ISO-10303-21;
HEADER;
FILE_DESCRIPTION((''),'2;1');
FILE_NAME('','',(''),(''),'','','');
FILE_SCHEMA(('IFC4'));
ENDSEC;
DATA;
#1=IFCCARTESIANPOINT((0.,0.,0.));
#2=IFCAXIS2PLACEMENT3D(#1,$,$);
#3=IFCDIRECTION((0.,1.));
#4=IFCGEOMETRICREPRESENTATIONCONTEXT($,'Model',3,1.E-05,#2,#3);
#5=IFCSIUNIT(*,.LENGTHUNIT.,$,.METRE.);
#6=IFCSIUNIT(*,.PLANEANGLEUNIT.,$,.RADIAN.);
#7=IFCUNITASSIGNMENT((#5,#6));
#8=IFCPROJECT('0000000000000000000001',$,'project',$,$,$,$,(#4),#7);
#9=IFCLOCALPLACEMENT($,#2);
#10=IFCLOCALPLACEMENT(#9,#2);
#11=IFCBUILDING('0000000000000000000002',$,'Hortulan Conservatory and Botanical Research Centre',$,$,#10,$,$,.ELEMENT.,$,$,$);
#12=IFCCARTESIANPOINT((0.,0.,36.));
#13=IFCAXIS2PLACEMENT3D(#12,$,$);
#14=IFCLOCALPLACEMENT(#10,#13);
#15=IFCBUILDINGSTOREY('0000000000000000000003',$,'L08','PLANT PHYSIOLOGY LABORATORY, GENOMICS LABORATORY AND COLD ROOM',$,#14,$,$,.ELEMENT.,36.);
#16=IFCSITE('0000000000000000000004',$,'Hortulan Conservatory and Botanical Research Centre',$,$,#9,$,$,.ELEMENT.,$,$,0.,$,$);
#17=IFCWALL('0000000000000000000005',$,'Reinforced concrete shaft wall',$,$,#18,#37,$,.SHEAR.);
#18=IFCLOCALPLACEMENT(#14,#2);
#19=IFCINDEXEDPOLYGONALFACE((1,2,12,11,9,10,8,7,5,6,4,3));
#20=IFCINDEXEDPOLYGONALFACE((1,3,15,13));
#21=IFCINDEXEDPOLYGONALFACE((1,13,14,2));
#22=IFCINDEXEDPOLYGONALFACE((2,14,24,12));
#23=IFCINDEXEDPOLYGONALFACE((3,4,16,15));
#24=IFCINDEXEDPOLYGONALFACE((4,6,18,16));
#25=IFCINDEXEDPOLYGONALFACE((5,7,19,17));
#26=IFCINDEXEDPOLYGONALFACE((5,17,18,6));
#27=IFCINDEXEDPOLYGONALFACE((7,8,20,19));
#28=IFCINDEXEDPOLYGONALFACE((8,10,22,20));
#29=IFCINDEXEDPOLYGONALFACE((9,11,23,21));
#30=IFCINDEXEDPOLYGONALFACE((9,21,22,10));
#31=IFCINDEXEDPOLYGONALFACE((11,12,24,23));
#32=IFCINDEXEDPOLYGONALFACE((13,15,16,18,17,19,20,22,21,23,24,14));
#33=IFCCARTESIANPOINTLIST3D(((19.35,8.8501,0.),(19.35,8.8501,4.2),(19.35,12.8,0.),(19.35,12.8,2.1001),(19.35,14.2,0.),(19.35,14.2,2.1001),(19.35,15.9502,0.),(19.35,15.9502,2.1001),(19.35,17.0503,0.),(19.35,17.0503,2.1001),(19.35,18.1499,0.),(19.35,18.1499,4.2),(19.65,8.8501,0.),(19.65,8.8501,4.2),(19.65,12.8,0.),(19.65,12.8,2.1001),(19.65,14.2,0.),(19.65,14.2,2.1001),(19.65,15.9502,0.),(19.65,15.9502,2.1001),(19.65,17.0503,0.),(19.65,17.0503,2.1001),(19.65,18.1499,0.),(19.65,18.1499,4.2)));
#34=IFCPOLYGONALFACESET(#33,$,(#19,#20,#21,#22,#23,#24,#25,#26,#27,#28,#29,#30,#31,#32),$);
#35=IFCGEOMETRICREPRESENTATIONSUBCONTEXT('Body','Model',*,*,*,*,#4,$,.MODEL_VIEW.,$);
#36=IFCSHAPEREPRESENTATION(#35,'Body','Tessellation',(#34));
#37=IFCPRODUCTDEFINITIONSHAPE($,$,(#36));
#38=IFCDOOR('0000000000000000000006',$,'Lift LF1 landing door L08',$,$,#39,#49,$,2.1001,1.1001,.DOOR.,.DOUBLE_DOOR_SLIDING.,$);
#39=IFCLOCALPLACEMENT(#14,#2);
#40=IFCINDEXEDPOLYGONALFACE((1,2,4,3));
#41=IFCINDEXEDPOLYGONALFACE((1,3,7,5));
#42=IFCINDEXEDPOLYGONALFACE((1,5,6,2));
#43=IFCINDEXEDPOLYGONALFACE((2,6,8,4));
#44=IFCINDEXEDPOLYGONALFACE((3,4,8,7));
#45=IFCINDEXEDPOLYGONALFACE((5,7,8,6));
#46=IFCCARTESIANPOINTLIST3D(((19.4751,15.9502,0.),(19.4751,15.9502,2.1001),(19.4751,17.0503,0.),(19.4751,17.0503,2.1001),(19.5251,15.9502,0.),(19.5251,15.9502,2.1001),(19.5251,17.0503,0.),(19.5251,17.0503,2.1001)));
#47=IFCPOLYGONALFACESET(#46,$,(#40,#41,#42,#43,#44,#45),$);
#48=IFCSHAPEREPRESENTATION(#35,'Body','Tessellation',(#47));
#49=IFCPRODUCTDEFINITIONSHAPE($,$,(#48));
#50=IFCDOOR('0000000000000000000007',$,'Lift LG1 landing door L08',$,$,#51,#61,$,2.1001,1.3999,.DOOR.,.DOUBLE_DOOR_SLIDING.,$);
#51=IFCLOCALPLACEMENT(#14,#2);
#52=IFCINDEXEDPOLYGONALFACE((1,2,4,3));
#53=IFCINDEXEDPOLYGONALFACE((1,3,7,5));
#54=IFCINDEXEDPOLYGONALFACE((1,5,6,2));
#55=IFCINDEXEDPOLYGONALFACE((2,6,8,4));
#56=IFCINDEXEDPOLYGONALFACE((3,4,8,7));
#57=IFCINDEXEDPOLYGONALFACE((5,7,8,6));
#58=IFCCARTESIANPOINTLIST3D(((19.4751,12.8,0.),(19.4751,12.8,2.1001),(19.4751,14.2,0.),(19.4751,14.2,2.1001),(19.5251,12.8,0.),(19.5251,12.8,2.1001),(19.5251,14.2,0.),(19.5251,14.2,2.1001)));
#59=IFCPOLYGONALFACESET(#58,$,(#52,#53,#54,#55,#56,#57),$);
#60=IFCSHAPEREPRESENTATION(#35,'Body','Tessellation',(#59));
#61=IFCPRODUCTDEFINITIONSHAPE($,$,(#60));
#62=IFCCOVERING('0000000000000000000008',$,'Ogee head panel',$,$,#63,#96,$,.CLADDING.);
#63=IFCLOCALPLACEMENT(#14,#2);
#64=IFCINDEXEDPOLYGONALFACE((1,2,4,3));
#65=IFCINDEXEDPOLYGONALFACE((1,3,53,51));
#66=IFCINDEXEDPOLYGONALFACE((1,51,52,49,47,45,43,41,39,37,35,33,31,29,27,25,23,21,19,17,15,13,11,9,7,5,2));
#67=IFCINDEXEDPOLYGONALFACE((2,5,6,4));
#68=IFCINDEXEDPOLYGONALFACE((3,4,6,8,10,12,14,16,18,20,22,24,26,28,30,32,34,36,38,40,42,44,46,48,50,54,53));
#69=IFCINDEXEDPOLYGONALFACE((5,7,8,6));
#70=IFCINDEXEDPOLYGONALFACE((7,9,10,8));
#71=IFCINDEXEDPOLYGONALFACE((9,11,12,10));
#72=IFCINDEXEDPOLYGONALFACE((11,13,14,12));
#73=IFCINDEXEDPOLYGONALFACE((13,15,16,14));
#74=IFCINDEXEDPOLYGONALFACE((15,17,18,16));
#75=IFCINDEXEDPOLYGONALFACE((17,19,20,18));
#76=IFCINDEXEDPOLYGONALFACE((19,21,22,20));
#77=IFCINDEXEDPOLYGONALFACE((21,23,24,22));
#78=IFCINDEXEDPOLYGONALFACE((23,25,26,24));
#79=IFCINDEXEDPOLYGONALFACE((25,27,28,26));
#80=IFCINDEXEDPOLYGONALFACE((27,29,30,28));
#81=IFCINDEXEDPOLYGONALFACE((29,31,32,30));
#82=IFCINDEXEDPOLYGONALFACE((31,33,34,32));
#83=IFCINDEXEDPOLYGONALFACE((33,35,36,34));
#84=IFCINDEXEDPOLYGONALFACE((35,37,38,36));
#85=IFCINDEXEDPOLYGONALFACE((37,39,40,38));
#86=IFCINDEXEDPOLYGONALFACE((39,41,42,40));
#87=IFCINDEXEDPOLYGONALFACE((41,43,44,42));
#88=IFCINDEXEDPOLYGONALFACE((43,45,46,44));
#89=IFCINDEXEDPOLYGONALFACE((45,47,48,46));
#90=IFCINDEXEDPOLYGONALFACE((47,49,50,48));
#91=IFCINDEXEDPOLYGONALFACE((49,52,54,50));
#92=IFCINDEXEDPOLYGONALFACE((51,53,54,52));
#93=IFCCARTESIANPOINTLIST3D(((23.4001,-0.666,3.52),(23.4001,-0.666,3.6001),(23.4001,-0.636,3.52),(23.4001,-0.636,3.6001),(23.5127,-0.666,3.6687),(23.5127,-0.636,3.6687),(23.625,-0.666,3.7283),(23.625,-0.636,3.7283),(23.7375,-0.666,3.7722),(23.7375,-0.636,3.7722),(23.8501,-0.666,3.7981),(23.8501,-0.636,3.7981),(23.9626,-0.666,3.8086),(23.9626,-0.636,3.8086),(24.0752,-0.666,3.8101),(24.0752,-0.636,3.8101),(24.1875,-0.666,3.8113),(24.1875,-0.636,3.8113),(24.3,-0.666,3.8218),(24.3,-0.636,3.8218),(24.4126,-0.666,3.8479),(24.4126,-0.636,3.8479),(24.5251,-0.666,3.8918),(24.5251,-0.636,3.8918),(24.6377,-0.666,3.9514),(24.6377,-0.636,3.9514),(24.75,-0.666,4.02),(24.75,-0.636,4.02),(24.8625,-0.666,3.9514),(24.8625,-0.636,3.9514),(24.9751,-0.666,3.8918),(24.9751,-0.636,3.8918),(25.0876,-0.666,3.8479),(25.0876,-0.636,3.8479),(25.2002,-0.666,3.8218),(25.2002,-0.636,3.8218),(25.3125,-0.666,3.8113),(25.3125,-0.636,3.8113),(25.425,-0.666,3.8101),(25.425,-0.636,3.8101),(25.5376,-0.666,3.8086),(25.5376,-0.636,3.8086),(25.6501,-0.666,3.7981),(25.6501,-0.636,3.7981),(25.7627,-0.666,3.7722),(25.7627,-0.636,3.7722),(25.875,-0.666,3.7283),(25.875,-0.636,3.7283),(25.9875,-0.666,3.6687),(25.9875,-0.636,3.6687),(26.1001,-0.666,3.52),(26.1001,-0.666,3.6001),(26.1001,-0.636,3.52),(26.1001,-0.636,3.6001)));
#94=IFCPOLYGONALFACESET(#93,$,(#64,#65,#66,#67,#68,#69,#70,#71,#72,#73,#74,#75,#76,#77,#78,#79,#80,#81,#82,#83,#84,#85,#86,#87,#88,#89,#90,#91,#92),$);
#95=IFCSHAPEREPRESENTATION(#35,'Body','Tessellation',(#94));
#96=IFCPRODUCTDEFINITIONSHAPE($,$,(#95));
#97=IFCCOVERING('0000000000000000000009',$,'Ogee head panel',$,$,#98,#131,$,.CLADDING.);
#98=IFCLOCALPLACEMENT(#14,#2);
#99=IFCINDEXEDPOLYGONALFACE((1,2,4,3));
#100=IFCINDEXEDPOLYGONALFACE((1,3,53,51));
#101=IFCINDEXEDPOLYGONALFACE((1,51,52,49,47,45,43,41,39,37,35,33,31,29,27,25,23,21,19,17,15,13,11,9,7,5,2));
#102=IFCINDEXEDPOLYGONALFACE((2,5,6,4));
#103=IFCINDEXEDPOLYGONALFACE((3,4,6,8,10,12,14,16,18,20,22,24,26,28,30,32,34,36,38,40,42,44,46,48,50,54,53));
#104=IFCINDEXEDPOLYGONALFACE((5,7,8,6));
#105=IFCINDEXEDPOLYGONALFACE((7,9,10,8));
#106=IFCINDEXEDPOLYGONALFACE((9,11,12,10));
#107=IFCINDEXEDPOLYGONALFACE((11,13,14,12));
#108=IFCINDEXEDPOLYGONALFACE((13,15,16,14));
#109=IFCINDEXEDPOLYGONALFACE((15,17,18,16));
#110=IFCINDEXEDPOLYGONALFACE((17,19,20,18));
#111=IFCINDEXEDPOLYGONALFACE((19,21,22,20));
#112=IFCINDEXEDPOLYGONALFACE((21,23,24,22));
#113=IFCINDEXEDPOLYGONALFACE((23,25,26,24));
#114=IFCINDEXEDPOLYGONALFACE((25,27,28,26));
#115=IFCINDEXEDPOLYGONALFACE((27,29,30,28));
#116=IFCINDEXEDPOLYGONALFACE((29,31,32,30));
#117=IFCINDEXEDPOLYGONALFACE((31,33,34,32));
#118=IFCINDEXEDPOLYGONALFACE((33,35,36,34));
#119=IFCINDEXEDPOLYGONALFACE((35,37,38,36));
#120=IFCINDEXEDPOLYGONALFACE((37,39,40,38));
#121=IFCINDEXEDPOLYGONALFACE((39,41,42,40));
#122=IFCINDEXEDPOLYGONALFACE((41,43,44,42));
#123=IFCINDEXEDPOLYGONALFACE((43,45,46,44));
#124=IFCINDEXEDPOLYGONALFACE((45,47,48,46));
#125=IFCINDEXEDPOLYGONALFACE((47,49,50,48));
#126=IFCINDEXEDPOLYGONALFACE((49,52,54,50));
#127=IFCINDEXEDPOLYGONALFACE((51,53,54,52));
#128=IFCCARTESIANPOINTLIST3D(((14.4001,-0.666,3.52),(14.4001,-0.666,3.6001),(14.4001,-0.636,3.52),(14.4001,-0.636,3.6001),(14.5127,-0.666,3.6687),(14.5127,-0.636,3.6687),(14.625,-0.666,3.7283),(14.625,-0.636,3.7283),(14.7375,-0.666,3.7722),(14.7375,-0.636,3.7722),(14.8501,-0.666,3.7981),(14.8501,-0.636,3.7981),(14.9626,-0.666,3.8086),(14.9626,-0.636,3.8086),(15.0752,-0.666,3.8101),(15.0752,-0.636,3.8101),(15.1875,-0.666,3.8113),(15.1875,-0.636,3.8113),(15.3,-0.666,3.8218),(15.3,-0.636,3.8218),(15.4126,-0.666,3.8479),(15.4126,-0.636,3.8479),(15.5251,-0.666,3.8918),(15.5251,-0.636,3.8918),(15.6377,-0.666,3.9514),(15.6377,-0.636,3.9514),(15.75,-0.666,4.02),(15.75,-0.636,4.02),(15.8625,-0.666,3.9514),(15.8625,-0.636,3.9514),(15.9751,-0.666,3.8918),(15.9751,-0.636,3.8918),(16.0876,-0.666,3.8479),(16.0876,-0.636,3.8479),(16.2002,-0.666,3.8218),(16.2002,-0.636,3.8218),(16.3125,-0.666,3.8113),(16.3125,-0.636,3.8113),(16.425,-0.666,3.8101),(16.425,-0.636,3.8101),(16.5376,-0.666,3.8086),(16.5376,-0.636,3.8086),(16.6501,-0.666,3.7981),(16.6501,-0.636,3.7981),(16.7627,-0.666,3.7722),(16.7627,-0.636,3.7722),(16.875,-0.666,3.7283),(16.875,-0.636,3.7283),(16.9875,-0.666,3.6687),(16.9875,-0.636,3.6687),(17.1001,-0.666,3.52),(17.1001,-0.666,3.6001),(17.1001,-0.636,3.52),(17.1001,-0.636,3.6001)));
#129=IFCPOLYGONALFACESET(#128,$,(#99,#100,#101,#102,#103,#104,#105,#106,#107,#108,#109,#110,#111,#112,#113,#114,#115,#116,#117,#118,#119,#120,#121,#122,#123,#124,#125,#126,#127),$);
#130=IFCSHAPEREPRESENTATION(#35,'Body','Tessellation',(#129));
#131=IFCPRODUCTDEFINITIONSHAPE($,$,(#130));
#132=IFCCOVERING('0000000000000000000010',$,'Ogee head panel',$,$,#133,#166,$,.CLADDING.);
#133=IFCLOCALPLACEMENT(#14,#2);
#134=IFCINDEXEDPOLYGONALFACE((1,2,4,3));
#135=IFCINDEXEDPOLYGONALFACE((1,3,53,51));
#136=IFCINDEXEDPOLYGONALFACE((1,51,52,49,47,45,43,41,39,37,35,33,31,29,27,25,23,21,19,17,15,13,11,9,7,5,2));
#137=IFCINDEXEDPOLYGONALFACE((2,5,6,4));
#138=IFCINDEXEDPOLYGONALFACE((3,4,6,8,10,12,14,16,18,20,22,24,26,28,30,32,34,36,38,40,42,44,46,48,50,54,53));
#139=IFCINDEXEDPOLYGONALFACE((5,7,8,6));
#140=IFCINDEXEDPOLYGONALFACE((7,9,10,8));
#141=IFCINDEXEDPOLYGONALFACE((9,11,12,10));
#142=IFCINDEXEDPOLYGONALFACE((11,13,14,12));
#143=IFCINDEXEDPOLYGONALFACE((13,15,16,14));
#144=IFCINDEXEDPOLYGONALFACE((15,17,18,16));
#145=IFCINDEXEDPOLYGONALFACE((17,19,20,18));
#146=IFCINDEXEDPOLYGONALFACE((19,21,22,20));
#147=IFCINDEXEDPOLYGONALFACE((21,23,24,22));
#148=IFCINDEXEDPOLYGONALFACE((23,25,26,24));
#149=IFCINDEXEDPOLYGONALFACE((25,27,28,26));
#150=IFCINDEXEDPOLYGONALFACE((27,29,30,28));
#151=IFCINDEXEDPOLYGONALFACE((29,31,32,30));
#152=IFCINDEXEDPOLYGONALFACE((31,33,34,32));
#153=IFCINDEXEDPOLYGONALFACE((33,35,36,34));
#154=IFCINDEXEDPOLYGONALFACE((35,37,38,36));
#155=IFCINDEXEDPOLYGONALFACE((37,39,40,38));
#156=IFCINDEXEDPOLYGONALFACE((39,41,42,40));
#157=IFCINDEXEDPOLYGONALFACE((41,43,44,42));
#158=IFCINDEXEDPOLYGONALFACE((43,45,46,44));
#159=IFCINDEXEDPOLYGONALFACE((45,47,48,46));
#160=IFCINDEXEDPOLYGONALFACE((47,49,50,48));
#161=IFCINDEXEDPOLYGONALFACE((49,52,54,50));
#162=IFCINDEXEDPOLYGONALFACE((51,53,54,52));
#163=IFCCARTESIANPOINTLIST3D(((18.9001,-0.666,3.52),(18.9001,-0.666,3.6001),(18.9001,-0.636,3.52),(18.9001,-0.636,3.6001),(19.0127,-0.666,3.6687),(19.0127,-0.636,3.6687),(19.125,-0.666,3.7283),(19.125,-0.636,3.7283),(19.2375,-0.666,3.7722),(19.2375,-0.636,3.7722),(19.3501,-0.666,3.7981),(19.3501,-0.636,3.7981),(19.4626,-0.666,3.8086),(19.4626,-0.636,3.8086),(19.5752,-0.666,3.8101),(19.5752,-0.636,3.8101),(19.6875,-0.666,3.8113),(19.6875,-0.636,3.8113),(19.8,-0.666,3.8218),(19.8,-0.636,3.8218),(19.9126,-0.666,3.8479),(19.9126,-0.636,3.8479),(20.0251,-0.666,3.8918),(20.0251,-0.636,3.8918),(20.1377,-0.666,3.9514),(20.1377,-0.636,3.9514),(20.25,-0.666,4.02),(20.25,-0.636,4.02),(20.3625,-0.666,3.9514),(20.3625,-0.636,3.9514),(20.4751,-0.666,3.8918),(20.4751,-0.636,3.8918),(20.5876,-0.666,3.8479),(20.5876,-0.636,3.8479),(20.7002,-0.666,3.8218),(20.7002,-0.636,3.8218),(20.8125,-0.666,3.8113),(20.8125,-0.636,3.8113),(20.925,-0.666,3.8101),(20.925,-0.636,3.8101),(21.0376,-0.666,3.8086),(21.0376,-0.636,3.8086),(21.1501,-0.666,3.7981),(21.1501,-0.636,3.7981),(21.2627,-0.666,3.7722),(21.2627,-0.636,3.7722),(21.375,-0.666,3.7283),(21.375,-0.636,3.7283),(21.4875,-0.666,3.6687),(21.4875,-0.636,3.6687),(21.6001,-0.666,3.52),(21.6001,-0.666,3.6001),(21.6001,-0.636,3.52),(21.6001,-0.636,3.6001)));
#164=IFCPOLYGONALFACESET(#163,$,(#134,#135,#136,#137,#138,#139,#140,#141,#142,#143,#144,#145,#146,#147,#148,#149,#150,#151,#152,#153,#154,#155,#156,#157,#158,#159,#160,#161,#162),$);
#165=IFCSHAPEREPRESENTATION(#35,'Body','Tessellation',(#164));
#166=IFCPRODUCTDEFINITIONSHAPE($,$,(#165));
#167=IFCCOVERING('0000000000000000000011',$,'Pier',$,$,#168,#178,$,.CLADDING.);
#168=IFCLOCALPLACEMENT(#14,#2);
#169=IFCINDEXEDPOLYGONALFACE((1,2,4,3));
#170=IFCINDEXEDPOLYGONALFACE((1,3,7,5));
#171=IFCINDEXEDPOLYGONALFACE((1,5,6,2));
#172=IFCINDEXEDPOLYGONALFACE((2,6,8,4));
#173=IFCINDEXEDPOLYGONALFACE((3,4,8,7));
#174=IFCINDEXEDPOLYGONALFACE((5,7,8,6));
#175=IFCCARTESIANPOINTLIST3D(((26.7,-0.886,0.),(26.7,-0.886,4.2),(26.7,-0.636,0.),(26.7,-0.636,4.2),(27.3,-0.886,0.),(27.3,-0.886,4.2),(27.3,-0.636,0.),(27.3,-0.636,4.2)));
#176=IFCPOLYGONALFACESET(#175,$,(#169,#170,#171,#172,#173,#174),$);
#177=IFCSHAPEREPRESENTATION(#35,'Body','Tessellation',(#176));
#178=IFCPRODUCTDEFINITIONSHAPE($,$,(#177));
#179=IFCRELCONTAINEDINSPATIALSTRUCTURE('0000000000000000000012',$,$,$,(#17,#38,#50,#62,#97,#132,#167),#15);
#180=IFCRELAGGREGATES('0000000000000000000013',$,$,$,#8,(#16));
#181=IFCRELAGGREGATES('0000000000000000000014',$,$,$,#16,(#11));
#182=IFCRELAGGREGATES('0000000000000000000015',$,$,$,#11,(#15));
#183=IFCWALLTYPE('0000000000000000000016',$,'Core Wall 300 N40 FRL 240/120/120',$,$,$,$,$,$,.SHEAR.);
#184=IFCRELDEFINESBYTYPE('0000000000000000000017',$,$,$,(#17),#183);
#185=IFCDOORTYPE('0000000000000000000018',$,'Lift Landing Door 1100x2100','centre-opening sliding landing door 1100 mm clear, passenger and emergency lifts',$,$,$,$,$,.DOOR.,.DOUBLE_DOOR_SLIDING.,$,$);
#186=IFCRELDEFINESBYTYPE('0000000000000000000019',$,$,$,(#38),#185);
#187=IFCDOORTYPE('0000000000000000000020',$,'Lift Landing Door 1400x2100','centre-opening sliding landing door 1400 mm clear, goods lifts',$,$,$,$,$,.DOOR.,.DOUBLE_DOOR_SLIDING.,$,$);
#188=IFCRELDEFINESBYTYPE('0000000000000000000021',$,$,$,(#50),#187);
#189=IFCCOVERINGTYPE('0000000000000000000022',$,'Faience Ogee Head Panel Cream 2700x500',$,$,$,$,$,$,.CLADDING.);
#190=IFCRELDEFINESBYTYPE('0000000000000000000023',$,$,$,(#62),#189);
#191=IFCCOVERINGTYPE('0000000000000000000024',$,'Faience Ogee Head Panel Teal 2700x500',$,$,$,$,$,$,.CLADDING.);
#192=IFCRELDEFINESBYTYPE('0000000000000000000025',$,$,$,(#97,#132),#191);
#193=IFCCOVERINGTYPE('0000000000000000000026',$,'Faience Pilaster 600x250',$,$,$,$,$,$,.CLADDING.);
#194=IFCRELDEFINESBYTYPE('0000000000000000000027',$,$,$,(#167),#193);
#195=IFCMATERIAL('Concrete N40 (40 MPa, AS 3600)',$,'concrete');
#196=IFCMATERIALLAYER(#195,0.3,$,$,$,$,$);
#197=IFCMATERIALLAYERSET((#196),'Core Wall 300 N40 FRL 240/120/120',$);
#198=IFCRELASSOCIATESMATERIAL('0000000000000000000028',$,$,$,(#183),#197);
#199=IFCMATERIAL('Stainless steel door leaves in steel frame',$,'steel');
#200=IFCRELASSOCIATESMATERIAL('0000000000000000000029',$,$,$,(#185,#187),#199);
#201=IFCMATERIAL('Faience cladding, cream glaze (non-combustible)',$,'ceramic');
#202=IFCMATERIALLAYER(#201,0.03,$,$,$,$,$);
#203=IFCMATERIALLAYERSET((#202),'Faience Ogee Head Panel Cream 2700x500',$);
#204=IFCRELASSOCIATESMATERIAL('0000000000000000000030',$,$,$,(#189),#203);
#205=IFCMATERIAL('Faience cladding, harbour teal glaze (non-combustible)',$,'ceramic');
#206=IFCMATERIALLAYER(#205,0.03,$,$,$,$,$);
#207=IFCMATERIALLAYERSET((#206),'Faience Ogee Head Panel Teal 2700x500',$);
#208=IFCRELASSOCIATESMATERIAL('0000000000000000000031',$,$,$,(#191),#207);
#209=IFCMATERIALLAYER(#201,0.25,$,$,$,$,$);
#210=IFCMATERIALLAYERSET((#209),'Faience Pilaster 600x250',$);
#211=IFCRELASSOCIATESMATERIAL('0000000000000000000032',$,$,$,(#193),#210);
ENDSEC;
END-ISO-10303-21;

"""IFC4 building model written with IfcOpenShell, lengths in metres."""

from ifc_helpers import new_model, si_unit, direction, frame, frame_2d, origin, origin_2d, place, context, subcontext, project, spatial, polyline, rectangle, outline, extrude, material, layer, layer_set, type_object, element, fill, save


model = new_model("IFC4")

# Units and contexts
model_context = context("Model", 3, precision=1e-05, world=origin(), true_north=direction((0.0, 1.0)))
body_context = subcontext(model_context, "Body", "Model", "MODEL_VIEW")
ifc_project = project(units=[si_unit("LENGTHUNIT", "METRE"), si_unit("PLANEANGLEUNIT", "RADIAN")], contexts=[model_context])

# Site, building, storey
site_placement = place(None, origin())
site = spatial("IfcSite", under=ifc_project, at=site_placement, Name="Hortulan Conservatory and Botanical Research Centre", CompositionType="ELEMENT", RefElevation=0.0)
building_placement = place(site_placement, origin())
building = spatial("IfcBuilding", under=site, at=building_placement, Name="Hortulan Conservatory and Botanical Research Centre", CompositionType="ELEMENT")
storey_placement = place(building_placement, frame((0.0, 0.0, 36.0)))
storey = spatial("IfcBuildingStorey", under=building, at=storey_placement, Name="L08", Description="PLANT PHYSIOLOGY LABORATORY, GENOMICS LABORATORY AND COLD ROOM", CompositionType="ELEMENT", Elevation=36.0)

# Wall, openings, doors
ifc_material_1 = material(Name="Concrete N40 (40 MPa, AS 3600)", Category="concrete")
ifc_layer_1 = layer(ifc_material_1, 0.3)
ifc_layer_set_1 = layer_set([ifc_layer_1], Name="Core Wall 300 N40 FRL 240/120/120")
wall_type = type_object("IfcWallType", Name="Core Wall 300 N40 FRL 240/120/120", PredefinedType="SHEAR", material=ifc_layer_set_1)
wall_placement = place(storey_placement, frame((19.5, 8.8501, 0.0), z_axis=(0.0, 0.0, 1.0), x_axis=(0.0, 1.0, 0.0)))
wall = element("IfcWall", 1, at=wall_placement, inside=storey, type_object=wall_type, Name="Reinforced concrete shaft wall", PredefinedType="SHEAR", context=body_context, shape_type="SweptSolid", body=[
    extrude(rectangle(XDim=9.2998, YDim=0.3, at=frame_2d((4.6499, 0.0))), origin(), (0.0, 0.0, 1.0), 4.2),
])
opening_1_placement = place(wall_placement, frame((3.95, 0.0, 0.0)))
opening_1 = element("IfcOpeningElement", 2, at=opening_1_placement, cuts=wall, PredefinedType="OPENING", context=body_context, shape_type="SweptSolid", body=[
    extrude(rectangle(XDim=1.3999, YDim=2.1001, at=frame_2d((0.7, 1.05))), frame((0.0, 0.1599, 0.0), z_axis=(0.0, -1.0, 0.0), x_axis=(1.0, 0.0, 0.0)), (0.0, 0.0, 1.0), 0.3201),
])
opening_2_placement = place(wall_placement, frame((7.1001, 0.0, 0.0)))
opening_2 = element("IfcOpeningElement", 3, at=opening_2_placement, cuts=wall, PredefinedType="OPENING", context=body_context, shape_type="SweptSolid", body=[
    extrude(rectangle(XDim=1.1001, YDim=2.1001, at=frame_2d((0.55, 1.05))), frame((0.0, 0.1599, 0.0), z_axis=(0.0, -1.0, 0.0), x_axis=(1.0, 0.0, 0.0)), (0.0, 0.0, 1.0), 0.3201),
])
ifc_material_2 = material(Name="Stainless steel door leaves in steel frame", Category="steel")
door_type_1 = type_object("IfcDoorType", Name="Lift Landing Door 1100x2100", Description="centre-opening sliding landing door 1100 mm clear, passenger and emergency lifts", OperationType="DOUBLE_DOOR_SLIDING", PredefinedType="DOOR", material=ifc_material_2)
door_1_placement = place(opening_2_placement, origin())
door_1 = element("IfcDoor", 4, at=door_1_placement, inside=storey, type_object=door_type_1, Name="Lift LF1 landing door L08", OperationType="DOUBLE_DOOR_SLIDING", OverallHeight=2.1001, OverallWidth=1.1001, PredefinedType="DOOR", context=body_context, shape_type="SweptSolid", body=[
    extrude(rectangle(XDim=1.1001, YDim=2.1001, at=frame_2d((0.55, 1.05))), frame((0.0, 0.0249, 0.0), z_axis=(0.0, -1.0, 0.0), x_axis=(1.0, 0.0, 0.0)), (0.0, 0.0, 1.0), 0.05),
])
fill(opening_2, door_1)
door_type_2 = type_object("IfcDoorType", Name="Lift Landing Door 1400x2100", Description="centre-opening sliding landing door 1400 mm clear, goods lifts", OperationType="DOUBLE_DOOR_SLIDING", PredefinedType="DOOR", material=ifc_material_2)
door_2_placement = place(opening_1_placement, origin())
door_2 = element("IfcDoor", 5, at=door_2_placement, inside=storey, type_object=door_type_2, Name="Lift LG1 landing door L08", OperationType="DOUBLE_DOOR_SLIDING", OverallHeight=2.1001, OverallWidth=1.3999, PredefinedType="DOOR", context=body_context, shape_type="SweptSolid", body=[
    extrude(rectangle(XDim=1.3999, YDim=2.1001, at=frame_2d((0.7, 1.05))), frame((0.0, 0.0249, 0.0), z_axis=(0.0, -1.0, 0.0), x_axis=(1.0, 0.0, 0.0)), (0.0, 0.0, 1.0), 0.05),
])
fill(opening_1, door_2)

# Coverings
ifc_material_3 = material(Name="Faience cladding, cream glaze (non-combustible)", Category="ceramic")
ifc_layer_2 = layer(ifc_material_3, 0.03)
ifc_layer_set_2 = layer_set([ifc_layer_2], Name="Faience Ogee Head Panel Cream 2700x500")
covering_type_1 = type_object("IfcCoveringType", Name="Faience Ogee Head Panel Cream 2700x500", PredefinedType="CLADDING", material=ifc_layer_set_2)
covering_placement = place(storey_placement, frame((26.1001, -0.6509, 3.52), z_axis=(0.0, 0.0, 1.0), x_axis=(-1.0, 0.0, 0.0)))
element("IfcCovering", 6, at=covering_placement, inside=storey, type_object=covering_type_1, Name="Ogee head panel", PredefinedType="CLADDING", context=body_context, shape_type="SweptSolid", body=[
    extrude(outline(polyline([(0.0, 0.0), (2.7, 0.0), (2.7, 0.0801), (2.5874, 0.1487), (2.4751, 0.2083), (2.3625, 0.2522), (2.25, 0.2781), (2.1375, 0.2886), (2.0249, 0.29), (1.9126, 0.2913), (1.8, 0.3018), (1.6875, 0.3279), (1.575, 0.3718), (1.4624, 0.4314), (1.3501, 0.5), (1.2375, 0.4314), (1.125, 0.3718), (1.0125, 0.3279), (0.8999, 0.3018), (0.7876, 0.2913), (0.675, 0.29), (0.5625, 0.2886), (0.45, 0.2781), (0.3374, 0.2522), (0.2251, 0.2083), (0.1125, 0.1487), (0.0, 0.0801), (0.0, 0.0)])), frame((0.0, 0.0151, 0.0), z_axis=(0.0, -1.0, 0.0), x_axis=(1.0, 0.0, 0.0)), (0.0, 0.0, 1.0), 0.03),
])
ifc_material_4 = material(Name="Faience cladding, harbour teal glaze (non-combustible)", Category="ceramic")
ifc_layer_3 = layer(ifc_material_4, 0.03)
ifc_layer_set_3 = layer_set([ifc_layer_3], Name="Faience Ogee Head Panel Teal 2700x500")
covering_type_2 = type_object("IfcCoveringType", Name="Faience Ogee Head Panel Teal 2700x500", PredefinedType="CLADDING", material=ifc_layer_set_3)
for number, where, z_axis, x_axis, name in (
    (7, (17.1001, -0.6509, 3.52), (0.0, 0.0, 1.0), (-1.0, 0.0, 0.0), "Ogee head panel"),
    (8, (21.6001, -0.6509, 3.52), (0.0, 0.0, 1.0), (-1.0, 0.0, 0.0), "Ogee head panel"),
):
    element("IfcCovering", number, at=place(storey_placement, frame(where, z_axis=z_axis, x_axis=x_axis)), inside=storey, type_object=covering_type_2, Name=name, PredefinedType="CLADDING", context=body_context, shape_type="SweptSolid", body=[
        extrude(outline(polyline([(0.0, 0.0), (2.7, 0.0), (2.7, 0.0801), (2.5874, 0.1487), (2.4751, 0.2083), (2.3625, 0.2522), (2.25, 0.2781), (2.1375, 0.2886), (2.0249, 0.29), (1.9126, 0.2913), (1.8, 0.3018), (1.6875, 0.3279), (1.575, 0.3718), (1.4624, 0.4314), (1.3501, 0.5), (1.2375, 0.4314), (1.125, 0.3718), (1.0125, 0.3279), (0.8999, 0.3018), (0.7876, 0.2913), (0.675, 0.29), (0.5625, 0.2886), (0.45, 0.2781), (0.3374, 0.2522), (0.2251, 0.2083), (0.1125, 0.1487), (0.0, 0.0801), (0.0, 0.0)])), frame((0.0, 0.0151, 0.0), z_axis=(0.0, -1.0, 0.0), x_axis=(1.0, 0.0, 0.0)), (0.0, 0.0, 1.0), 0.03),
    ])
ifc_layer_4 = layer(ifc_material_3, 0.25)
ifc_layer_set_4 = layer_set([ifc_layer_4], Name="Faience Pilaster 600x250")
covering_type_3 = type_object("IfcCoveringType", Name="Faience Pilaster 600x250", PredefinedType="CLADDING", material=ifc_layer_set_4)
for number, where, z_axis, x_axis, name in (
    (9, (27.0, -0.761, 0.0), (0.0, 0.0, 1.0), (-1.0, 0.0, 0.0), "Pier"),
):
    element("IfcCovering", number, at=place(storey_placement, frame(where, z_axis=z_axis, x_axis=x_axis)), inside=storey, type_object=covering_type_3, Name=name, PredefinedType="CLADDING", context=body_context, shape_type="SweptSolid", body=[
        extrude(rectangle(XDim=0.6001, YDim=0.25, at=origin_2d()), origin(), (0.0, 0.0, 1.0), 4.2),
    ])

save(model, "model.ifc")
